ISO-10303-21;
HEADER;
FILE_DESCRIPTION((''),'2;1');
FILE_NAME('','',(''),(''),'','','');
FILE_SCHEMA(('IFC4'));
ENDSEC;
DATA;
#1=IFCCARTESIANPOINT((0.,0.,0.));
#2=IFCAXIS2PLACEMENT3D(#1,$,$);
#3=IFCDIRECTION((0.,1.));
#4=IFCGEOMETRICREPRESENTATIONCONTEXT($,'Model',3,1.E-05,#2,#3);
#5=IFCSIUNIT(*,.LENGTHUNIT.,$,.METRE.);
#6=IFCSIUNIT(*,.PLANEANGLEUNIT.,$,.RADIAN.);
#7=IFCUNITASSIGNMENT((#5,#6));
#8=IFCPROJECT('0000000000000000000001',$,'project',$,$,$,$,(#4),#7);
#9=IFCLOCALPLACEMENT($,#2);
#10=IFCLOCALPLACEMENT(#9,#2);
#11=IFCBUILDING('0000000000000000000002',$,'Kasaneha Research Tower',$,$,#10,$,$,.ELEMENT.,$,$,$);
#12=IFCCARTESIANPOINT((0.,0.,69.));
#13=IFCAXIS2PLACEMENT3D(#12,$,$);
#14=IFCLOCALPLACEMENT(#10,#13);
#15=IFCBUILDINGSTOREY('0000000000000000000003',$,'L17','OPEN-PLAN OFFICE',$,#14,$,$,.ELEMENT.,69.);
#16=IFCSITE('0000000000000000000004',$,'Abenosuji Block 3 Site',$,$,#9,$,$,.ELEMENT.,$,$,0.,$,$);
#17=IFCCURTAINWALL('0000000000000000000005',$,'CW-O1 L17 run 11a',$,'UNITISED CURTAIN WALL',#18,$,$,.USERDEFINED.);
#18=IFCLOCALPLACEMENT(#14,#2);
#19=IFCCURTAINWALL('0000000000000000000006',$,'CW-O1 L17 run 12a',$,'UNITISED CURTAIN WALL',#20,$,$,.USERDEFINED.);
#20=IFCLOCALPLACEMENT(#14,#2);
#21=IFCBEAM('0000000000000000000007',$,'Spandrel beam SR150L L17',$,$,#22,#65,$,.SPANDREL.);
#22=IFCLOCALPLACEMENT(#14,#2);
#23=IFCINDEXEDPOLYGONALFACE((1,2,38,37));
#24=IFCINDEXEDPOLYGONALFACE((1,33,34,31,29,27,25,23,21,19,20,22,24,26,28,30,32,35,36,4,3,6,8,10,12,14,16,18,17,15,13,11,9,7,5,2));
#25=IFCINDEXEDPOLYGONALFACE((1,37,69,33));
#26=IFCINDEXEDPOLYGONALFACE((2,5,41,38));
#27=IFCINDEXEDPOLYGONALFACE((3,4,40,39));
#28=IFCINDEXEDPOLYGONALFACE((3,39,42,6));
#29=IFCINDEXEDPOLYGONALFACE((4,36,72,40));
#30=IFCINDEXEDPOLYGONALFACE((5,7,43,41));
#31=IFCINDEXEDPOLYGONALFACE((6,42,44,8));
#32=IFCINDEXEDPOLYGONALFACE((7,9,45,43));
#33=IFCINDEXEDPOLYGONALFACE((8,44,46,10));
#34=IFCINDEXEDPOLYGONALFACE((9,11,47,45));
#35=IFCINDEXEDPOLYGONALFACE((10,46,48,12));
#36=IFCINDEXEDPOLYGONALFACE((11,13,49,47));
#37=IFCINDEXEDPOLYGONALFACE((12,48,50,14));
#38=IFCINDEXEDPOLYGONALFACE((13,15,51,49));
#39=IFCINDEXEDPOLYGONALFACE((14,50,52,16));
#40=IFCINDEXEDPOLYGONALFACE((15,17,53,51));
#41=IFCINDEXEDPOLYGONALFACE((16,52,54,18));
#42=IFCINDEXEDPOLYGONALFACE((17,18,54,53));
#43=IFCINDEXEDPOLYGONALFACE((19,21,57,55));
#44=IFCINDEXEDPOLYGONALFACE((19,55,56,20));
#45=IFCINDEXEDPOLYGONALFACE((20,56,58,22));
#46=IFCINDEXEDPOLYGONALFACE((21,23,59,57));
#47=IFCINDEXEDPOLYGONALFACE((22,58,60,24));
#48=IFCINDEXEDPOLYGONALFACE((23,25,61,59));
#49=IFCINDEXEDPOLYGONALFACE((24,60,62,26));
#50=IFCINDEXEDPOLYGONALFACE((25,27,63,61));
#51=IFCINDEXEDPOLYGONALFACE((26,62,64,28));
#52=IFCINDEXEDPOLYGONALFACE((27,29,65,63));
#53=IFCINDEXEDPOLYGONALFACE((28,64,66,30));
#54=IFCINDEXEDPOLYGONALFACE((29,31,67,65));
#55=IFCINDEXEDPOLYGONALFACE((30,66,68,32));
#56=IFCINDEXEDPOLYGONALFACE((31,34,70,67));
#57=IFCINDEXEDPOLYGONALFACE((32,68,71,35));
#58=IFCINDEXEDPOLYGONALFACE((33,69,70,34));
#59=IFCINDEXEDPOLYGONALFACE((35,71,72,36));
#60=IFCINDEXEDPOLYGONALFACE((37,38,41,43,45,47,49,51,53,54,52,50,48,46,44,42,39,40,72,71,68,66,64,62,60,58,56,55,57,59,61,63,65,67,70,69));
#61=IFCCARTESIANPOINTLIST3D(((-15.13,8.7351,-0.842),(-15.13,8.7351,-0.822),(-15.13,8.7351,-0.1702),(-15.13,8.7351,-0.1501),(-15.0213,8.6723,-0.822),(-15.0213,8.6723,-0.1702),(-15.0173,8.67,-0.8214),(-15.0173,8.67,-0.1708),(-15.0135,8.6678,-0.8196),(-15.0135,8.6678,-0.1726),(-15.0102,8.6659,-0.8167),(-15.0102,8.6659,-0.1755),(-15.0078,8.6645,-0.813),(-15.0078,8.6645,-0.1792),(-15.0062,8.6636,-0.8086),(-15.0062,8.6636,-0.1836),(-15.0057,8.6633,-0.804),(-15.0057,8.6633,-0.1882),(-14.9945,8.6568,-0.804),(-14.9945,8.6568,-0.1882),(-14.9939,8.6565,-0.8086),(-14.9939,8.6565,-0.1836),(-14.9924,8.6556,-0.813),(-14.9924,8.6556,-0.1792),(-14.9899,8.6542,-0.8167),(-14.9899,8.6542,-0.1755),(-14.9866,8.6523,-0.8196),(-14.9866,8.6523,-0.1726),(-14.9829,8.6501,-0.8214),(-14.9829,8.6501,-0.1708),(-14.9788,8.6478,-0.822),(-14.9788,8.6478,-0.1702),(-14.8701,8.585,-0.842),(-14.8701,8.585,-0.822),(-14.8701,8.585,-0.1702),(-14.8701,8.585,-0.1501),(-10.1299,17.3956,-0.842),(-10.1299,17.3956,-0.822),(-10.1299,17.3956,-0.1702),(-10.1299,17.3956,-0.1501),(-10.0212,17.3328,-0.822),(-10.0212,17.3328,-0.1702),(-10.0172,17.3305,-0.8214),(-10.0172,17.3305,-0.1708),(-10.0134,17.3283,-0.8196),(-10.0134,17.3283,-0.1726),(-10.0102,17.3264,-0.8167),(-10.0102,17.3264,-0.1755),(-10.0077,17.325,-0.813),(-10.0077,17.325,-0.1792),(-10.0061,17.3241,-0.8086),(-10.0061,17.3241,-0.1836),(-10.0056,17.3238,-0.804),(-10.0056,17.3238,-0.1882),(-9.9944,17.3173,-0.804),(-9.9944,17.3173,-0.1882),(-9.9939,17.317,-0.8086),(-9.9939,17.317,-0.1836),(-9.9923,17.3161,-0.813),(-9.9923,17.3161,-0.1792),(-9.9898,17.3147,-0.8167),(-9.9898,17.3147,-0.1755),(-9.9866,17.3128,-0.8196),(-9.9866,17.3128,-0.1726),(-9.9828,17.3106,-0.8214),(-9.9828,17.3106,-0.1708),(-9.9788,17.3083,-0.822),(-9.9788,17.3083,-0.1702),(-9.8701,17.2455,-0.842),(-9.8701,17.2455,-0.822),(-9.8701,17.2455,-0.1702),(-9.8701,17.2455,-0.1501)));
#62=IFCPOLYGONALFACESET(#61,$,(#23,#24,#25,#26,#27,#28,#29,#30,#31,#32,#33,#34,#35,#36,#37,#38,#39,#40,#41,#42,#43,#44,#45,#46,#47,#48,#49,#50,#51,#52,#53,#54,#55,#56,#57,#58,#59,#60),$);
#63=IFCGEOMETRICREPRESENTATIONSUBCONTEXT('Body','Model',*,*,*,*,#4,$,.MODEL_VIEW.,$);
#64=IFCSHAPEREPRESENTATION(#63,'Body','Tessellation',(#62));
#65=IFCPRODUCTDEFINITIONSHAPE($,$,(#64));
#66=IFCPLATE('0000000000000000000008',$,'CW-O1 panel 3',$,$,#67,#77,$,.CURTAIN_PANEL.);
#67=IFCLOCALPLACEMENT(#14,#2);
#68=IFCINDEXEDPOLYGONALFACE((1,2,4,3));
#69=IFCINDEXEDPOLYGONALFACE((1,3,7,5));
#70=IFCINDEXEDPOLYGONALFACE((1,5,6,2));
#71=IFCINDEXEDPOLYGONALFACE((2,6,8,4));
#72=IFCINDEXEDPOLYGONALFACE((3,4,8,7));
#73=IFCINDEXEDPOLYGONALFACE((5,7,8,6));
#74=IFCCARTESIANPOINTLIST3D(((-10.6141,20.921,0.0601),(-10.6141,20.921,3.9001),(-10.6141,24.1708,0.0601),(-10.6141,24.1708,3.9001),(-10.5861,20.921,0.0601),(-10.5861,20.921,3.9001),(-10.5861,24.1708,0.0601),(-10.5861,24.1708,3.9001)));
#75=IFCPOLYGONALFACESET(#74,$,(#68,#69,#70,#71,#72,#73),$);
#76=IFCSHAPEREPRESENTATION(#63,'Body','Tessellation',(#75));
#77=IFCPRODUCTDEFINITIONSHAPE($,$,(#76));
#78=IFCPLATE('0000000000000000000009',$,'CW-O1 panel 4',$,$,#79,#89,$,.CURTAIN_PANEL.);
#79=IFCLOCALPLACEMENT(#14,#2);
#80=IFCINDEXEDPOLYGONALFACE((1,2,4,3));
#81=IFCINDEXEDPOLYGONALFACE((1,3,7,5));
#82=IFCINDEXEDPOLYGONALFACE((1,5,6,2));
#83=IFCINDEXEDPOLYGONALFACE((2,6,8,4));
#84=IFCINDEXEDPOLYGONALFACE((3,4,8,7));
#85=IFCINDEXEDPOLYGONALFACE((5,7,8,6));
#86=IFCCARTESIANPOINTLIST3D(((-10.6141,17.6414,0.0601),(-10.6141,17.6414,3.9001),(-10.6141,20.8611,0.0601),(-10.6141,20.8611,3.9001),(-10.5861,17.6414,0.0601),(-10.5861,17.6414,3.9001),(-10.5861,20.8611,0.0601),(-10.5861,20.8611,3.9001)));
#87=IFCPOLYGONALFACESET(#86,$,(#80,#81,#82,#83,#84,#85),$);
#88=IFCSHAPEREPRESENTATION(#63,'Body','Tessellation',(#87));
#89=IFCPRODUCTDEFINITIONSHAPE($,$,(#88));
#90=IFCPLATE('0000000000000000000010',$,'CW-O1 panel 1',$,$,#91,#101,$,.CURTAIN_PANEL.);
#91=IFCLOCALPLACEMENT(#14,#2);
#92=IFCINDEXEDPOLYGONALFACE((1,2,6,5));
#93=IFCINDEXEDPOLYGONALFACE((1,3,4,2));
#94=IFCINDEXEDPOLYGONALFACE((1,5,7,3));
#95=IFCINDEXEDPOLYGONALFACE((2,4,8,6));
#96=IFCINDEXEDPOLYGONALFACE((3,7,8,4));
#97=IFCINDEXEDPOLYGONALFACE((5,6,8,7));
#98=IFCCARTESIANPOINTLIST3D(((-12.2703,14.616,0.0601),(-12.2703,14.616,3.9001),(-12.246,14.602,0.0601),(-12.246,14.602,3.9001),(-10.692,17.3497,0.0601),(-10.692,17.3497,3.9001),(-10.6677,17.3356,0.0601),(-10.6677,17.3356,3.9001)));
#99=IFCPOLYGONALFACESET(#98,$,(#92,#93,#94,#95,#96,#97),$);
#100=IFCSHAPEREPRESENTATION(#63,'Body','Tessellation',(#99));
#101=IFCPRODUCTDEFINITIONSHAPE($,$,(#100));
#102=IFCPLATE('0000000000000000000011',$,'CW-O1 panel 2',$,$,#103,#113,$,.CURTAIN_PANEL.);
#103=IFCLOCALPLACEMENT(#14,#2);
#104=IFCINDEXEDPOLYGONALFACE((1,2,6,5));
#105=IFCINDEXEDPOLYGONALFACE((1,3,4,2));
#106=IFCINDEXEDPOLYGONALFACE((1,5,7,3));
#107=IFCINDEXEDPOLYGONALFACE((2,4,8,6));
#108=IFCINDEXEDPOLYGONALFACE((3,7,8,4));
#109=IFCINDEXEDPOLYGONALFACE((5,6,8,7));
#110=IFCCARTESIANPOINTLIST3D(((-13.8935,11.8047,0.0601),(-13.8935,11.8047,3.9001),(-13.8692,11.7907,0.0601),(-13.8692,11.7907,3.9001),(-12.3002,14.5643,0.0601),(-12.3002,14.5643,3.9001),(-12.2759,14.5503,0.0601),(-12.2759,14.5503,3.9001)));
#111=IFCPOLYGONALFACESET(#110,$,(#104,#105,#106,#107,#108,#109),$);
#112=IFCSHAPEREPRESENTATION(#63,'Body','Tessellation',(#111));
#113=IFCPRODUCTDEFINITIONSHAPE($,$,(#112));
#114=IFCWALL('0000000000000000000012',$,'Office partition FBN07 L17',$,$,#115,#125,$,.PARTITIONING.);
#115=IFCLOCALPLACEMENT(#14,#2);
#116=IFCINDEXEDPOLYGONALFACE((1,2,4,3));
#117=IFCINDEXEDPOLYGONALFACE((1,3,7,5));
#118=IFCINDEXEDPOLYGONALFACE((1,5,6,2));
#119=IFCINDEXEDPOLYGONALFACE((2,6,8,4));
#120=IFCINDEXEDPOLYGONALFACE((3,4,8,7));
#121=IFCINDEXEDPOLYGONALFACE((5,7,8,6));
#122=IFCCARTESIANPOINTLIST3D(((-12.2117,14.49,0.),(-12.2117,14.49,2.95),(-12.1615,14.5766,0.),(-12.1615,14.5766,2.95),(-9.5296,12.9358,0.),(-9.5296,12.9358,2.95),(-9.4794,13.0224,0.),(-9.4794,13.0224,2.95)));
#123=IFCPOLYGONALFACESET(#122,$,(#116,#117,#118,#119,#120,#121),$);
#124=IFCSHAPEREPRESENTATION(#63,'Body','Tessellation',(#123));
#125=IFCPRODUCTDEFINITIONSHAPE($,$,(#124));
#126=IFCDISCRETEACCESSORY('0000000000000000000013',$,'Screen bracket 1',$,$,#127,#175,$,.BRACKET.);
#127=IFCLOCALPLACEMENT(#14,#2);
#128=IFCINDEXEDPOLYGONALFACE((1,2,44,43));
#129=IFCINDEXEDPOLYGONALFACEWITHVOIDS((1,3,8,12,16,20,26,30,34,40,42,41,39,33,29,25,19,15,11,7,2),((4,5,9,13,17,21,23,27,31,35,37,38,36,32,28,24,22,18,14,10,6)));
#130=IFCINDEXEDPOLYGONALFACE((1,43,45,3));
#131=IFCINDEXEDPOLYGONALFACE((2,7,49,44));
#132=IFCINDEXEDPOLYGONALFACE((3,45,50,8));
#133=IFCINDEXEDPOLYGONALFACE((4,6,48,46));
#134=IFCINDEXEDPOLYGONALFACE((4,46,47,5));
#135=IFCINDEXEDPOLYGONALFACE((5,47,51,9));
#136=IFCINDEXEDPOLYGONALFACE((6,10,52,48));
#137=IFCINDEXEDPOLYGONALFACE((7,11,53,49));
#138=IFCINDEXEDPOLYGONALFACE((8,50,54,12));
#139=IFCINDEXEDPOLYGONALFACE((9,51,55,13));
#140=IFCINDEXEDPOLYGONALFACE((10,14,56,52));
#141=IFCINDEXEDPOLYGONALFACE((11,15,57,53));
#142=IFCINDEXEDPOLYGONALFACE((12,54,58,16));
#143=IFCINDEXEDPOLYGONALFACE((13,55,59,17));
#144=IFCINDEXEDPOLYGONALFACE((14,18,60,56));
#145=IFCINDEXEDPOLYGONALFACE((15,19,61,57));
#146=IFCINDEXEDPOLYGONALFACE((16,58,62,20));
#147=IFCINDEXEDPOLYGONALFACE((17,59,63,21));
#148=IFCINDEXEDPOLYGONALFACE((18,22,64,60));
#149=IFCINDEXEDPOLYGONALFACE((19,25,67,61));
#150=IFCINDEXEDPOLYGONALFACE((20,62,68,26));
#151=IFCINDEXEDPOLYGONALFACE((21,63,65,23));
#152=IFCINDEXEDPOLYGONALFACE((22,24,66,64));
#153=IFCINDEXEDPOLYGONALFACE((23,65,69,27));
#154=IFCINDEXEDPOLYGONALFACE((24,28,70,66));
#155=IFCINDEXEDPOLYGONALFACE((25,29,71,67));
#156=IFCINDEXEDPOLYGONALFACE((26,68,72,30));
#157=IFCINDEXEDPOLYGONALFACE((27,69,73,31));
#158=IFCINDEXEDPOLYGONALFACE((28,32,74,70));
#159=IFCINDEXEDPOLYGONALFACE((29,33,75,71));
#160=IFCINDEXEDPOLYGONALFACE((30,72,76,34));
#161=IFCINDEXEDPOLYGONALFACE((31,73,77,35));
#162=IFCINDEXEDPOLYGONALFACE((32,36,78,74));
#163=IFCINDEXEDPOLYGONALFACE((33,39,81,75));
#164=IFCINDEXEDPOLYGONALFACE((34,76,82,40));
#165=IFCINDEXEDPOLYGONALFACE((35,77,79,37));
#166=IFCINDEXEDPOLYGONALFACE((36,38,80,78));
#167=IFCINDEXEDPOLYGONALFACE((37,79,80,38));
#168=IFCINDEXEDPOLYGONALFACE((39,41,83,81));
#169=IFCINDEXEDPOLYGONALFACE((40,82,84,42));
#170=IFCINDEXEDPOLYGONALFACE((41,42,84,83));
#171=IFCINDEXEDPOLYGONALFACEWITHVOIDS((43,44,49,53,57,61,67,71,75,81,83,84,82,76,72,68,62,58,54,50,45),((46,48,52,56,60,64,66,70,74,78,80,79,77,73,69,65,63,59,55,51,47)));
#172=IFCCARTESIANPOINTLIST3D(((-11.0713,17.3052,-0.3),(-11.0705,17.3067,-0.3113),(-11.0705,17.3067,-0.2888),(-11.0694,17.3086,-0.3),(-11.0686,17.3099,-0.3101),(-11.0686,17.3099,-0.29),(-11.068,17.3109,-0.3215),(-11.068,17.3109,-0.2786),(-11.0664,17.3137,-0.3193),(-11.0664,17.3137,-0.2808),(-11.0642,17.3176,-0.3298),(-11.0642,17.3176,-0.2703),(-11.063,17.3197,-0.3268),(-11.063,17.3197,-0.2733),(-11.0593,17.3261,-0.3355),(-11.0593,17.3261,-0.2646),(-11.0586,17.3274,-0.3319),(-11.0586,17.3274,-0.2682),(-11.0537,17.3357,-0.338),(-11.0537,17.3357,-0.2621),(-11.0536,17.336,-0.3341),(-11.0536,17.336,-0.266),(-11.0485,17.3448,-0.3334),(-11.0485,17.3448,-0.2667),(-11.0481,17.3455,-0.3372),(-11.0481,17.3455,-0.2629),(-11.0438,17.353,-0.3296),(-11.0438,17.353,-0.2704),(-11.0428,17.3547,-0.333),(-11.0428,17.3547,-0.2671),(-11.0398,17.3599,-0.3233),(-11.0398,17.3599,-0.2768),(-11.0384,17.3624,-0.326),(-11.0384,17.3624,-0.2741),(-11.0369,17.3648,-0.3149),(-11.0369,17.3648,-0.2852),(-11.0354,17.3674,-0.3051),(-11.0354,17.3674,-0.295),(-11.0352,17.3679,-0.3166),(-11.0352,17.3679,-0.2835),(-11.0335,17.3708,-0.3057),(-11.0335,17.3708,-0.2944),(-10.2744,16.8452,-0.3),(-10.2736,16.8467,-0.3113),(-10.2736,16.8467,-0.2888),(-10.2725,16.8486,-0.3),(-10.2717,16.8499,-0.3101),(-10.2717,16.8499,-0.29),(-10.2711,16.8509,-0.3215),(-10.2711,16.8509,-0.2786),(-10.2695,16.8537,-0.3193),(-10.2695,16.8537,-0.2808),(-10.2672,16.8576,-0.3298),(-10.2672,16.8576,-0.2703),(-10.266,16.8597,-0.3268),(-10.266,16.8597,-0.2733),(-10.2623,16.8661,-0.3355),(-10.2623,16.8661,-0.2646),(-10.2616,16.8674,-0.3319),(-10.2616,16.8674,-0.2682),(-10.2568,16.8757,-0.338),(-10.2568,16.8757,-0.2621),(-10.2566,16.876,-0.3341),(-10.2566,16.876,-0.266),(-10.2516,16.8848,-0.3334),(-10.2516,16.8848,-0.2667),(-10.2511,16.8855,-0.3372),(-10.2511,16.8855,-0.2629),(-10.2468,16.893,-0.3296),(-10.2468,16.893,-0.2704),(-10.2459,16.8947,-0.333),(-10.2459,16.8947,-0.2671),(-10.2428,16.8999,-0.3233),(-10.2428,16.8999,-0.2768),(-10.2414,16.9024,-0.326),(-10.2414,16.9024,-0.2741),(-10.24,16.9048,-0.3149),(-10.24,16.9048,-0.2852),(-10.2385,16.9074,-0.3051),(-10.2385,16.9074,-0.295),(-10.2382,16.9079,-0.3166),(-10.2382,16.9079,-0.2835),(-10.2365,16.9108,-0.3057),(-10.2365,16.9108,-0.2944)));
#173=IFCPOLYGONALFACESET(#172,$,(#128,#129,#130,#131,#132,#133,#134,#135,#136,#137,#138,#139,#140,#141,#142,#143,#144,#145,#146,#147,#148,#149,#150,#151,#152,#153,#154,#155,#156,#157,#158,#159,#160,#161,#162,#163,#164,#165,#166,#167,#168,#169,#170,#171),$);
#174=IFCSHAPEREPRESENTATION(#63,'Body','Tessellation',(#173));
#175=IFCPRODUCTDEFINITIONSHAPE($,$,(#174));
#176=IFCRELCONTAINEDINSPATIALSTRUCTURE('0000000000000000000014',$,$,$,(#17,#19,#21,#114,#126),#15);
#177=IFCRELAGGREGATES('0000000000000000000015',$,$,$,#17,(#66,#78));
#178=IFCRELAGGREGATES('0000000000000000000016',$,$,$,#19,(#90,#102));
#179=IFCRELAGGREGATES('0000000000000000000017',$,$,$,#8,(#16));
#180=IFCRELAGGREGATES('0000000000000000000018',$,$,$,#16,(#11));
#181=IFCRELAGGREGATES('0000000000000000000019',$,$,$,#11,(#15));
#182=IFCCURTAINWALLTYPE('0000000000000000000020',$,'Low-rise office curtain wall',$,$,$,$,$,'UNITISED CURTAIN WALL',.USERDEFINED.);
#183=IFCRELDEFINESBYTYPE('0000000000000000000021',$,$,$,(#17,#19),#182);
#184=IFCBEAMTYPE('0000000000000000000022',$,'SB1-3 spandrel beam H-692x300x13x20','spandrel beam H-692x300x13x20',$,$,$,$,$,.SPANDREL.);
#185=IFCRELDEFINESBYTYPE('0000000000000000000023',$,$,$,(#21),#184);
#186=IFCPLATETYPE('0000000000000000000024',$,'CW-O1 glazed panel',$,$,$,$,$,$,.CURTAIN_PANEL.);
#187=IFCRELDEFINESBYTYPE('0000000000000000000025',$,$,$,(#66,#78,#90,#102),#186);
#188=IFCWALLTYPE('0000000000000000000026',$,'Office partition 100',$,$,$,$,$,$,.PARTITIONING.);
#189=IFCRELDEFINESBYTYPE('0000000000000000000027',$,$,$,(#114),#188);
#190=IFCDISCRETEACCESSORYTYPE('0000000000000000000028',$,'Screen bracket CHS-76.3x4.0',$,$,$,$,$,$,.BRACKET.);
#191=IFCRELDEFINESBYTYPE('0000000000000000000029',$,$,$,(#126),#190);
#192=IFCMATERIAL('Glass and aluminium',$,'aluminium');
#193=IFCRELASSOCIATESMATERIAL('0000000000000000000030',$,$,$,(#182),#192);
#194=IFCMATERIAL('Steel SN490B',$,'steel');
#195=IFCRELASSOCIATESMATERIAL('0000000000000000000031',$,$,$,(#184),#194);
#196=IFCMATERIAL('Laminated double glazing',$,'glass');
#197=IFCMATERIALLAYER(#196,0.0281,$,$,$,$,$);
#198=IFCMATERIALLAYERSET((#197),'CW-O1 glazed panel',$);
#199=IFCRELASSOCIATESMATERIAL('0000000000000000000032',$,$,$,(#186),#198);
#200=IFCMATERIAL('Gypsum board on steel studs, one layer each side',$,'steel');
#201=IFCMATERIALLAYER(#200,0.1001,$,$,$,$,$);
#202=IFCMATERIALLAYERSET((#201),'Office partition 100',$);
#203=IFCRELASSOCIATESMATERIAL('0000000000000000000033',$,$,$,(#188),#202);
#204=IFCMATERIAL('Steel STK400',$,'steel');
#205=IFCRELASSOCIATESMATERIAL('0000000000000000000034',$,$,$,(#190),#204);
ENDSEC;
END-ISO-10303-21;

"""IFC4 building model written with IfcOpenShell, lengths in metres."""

from ifc_helpers import new_model, si_unit, direction, frame, frame_2d, origin, origin_2d, place, context, subcontext, project, spatial, rectangle, hollow_circle, i_section, extrude, material, layer, layer_set, material_profile, profile_set, type_object, element, aggregate, save


model = new_model("IFC4")

# Units and contexts
model_context = context("Model", 3, precision=1e-05, world=origin(), true_north=direction((0.0, 1.0)))
body_context = subcontext(model_context, "Body", "Model", "MODEL_VIEW")
ifc_project = project(units=[si_unit("LENGTHUNIT", "METRE"), si_unit("PLANEANGLEUNIT", "RADIAN")], contexts=[model_context])

# Site, building, storey
site_placement = place(None, origin())
site = spatial("IfcSite", under=ifc_project, at=site_placement, Name="Abenosuji Block 3 Site", CompositionType="ELEMENT", RefElevation=0.0)
building_placement = place(site_placement, origin())
building = spatial("IfcBuilding", under=site, at=building_placement, Name="Kasaneha Research Tower", CompositionType="ELEMENT")
storey_placement = place(building_placement, frame((0.0, 0.0, 69.0)))
storey = spatial("IfcBuildingStorey", under=building, at=storey_placement, Name="L17", Description="OPEN-PLAN OFFICE", CompositionType="ELEMENT", Elevation=69.0)

# Curtain walls
ifc_material_1 = material(Name="Glass and aluminium", Category="aluminium")
curtain_wall_type = type_object("IfcCurtainWallType", Name="Low-rise office curtain wall", ElementType="UNITISED CURTAIN WALL", PredefinedType="USERDEFINED", material=ifc_material_1)
curtain_wall_1_placement = place(storey_placement, origin())
curtain_wall_1 = element("IfcCurtainWall", 1, at=curtain_wall_1_placement, inside=storey, type_object=curtain_wall_type, Name="CW-O1 L17 run 11a", ObjectType="UNITISED CURTAIN WALL", PredefinedType="USERDEFINED")
curtain_wall_2_placement = place(storey_placement, origin())
curtain_wall_2 = element("IfcCurtainWall", 2, at=curtain_wall_2_placement, inside=storey, type_object=curtain_wall_type, Name="CW-O1 L17 run 12a", ObjectType="UNITISED CURTAIN WALL", PredefinedType="USERDEFINED")

# Beam
ifc_material_2 = material(Name="Steel SN490B", Category="steel")
ifc_material_profile_1 = material_profile(ifc_material_2, i_section(OverallWidth=0.3, OverallDepth=0.6919, WebThickness=0.0129, FlangeThickness=0.02, FilletRadius=0.0181, at=origin_2d()), Name="H-692x300x13x20")
ifc_profile_set_1 = profile_set([ifc_material_profile_1], Name="Steel SN490B")
beam_type_1 = type_object("IfcBeamType", Name="SB1-3 spandrel beam H-692x300x13x20", Description="spandrel beam H-692x300x13x20", PredefinedType="SPANDREL", material=ifc_profile_set_1)
beam_1_placement = place(storey_placement, frame((-10.0, 17.3206, -0.4961), z_axis=(-0.499994, -0.866029, 0.0), x_axis=(0.866029, -0.499994, 0.0)))
element("IfcBeam", 3, at=beam_1_placement, inside=storey, type_object=beam_type_1, Name="Spandrel beam SR150L L17", PredefinedType="SPANDREL", context=body_context, shape_type="SweptSolid", body=[
    extrude(i_section(OverallWidth=0.3, OverallDepth=0.6919, WebThickness=0.0129, FlangeThickness=0.02, FilletRadius=0.0181, at=origin_2d()), origin(), (0.0, 0.0, 1.0), 10.0002),
])

# Plates
ifc_material_3 = material(Name="Laminated double glazing", Category="glass")
ifc_layer_1 = layer(ifc_material_3, 0.0281)
ifc_layer_set_1 = layer_set([ifc_layer_1], Name="CW-O1 glazed panel")
plate_type = type_object("IfcPlateType", Name="CW-O1 glazed panel", PredefinedType="CURTAIN_PANEL", material=ifc_layer_set_1)
plate_1_placement = place(storey_placement, frame((-10.6001, 22.5459, 0.0601), z_axis=(0.0, 0.0, 1.0), x_axis=(0.0, -1.0, 0.0)))
plate_1 = element("IfcPlate", 4, at=plate_1_placement, type_object=plate_type, Name="CW-O1 panel 3", PredefinedType="CURTAIN_PANEL", context=body_context, shape_type="SweptSolid", body=[
    extrude(rectangle(XDim=3.2498, YDim=0.0281, at=origin_2d()), origin(), (0.0, 0.0, 1.0), 3.8401),
])
plate_2_placement = place(storey_placement, frame((-10.6001, 19.2512, 0.0601), z_axis=(0.0, 0.0, 1.0), x_axis=(0.0, -1.0, 0.0)))
plate_2 = element("IfcPlate", 5, at=plate_2_placement, type_object=plate_type, Name="CW-O1 panel 4", PredefinedType="CURTAIN_PANEL", context=body_context, shape_type="SweptSolid", body=[
    extrude(rectangle(XDim=3.2197, YDim=0.0281, at=origin_2d()), origin(), (0.0, 0.0, 1.0), 3.8401),
])
aggregate(curtain_wall_1, [plate_1, plate_2])
plate_3_placement = place(storey_placement, frame((-11.469, 15.9758, 0.0601), z_axis=(0.0, 0.0, 1.0), x_axis=(-0.5, -0.866025, 0.0)))
plate_3 = element("IfcPlate", 6, at=plate_3_placement, type_object=plate_type, Name="CW-O1 panel 1", PredefinedType="CURTAIN_PANEL", context=body_context, shape_type="SweptSolid", body=[
    extrude(rectangle(XDim=3.1565, YDim=0.0281, at=origin_2d()), origin(), (0.0, 0.0, 1.0), 3.8401),
])
plate_4_placement = place(storey_placement, frame((-13.0847, 13.1775, 0.0601), z_axis=(0.0, 0.0, 1.0), x_axis=(-0.5, -0.866025, 0.0)))
plate_4 = element("IfcPlate", 7, at=plate_4_placement, type_object=plate_type, Name="CW-O1 panel 2", PredefinedType="CURTAIN_PANEL", context=body_context, shape_type="SweptSolid", body=[
    extrude(rectangle(XDim=3.1865, YDim=0.0281, at=origin_2d()), origin(), (0.0, 0.0, 1.0), 3.8401),
])
aggregate(curtain_wall_2, [plate_3, plate_4])

# Wall
ifc_material_4 = material(Name="Gypsum board on steel studs, one layer each side", Category="steel")
ifc_layer_2 = layer(ifc_material_4, 0.1001)
ifc_layer_set_2 = layer_set([ifc_layer_2], Name="Office partition 100")
wall_type = type_object("IfcWallType", Name="Office partition 100", PredefinedType="PARTITIONING", material=ifc_layer_set_2)
wall_placement = place(storey_placement, frame((-12.1865, 14.5332, 0.0), z_axis=(0.0, 0.0, 1.0), x_axis=(0.865232, -0.501372, 0.0)))
element("IfcWall", 8, at=wall_placement, inside=storey, type_object=wall_type, Name="Office partition FBN07 L17", PredefinedType="PARTITIONING", context=body_context, shape_type="SweptSolid", body=[
    extrude(rectangle(XDim=3.0999, YDim=0.1001, at=frame_2d((1.5498, 0.0))), origin(), (0.0, 0.0, 1.0), 2.95),
])

# Discrete accessory
ifc_material_5 = material(Name="Steel STK400", Category="steel")
ifc_material_profile_2 = material_profile(ifc_material_5, hollow_circle(Radius=0.0381, WallThickness=0.0039, at=origin_2d()), Name="CHS-76.3x4.0")
ifc_profile_set_2 = profile_set([ifc_material_profile_2], Name="Steel STK400")
discrete_accessory_type = type_object("IfcDiscreteAccessoryType", Name="Screen bracket CHS-76.3x4.0", PredefinedType="BRACKET", material=ifc_profile_set_2)
discrete_accessory_1_placement = place(storey_placement, frame((-10.2554, 16.8782, -0.3), z_axis=(-0.86608, 0.499906, 0.0), x_axis=(-0.499906, -0.86608, 0.0)))
element("IfcDiscreteAccessory", 9, at=discrete_accessory_1_placement, inside=storey, type_object=discrete_accessory_type, Name="Screen bracket 1", PredefinedType="BRACKET", context=body_context, shape_type="SweptSolid", body=[
    extrude(hollow_circle(Radius=0.0381, WallThickness=0.0039, at=origin_2d()), origin(), (0.0, 0.0, 1.0), 0.9202),
])

save(model, "model.ifc")
